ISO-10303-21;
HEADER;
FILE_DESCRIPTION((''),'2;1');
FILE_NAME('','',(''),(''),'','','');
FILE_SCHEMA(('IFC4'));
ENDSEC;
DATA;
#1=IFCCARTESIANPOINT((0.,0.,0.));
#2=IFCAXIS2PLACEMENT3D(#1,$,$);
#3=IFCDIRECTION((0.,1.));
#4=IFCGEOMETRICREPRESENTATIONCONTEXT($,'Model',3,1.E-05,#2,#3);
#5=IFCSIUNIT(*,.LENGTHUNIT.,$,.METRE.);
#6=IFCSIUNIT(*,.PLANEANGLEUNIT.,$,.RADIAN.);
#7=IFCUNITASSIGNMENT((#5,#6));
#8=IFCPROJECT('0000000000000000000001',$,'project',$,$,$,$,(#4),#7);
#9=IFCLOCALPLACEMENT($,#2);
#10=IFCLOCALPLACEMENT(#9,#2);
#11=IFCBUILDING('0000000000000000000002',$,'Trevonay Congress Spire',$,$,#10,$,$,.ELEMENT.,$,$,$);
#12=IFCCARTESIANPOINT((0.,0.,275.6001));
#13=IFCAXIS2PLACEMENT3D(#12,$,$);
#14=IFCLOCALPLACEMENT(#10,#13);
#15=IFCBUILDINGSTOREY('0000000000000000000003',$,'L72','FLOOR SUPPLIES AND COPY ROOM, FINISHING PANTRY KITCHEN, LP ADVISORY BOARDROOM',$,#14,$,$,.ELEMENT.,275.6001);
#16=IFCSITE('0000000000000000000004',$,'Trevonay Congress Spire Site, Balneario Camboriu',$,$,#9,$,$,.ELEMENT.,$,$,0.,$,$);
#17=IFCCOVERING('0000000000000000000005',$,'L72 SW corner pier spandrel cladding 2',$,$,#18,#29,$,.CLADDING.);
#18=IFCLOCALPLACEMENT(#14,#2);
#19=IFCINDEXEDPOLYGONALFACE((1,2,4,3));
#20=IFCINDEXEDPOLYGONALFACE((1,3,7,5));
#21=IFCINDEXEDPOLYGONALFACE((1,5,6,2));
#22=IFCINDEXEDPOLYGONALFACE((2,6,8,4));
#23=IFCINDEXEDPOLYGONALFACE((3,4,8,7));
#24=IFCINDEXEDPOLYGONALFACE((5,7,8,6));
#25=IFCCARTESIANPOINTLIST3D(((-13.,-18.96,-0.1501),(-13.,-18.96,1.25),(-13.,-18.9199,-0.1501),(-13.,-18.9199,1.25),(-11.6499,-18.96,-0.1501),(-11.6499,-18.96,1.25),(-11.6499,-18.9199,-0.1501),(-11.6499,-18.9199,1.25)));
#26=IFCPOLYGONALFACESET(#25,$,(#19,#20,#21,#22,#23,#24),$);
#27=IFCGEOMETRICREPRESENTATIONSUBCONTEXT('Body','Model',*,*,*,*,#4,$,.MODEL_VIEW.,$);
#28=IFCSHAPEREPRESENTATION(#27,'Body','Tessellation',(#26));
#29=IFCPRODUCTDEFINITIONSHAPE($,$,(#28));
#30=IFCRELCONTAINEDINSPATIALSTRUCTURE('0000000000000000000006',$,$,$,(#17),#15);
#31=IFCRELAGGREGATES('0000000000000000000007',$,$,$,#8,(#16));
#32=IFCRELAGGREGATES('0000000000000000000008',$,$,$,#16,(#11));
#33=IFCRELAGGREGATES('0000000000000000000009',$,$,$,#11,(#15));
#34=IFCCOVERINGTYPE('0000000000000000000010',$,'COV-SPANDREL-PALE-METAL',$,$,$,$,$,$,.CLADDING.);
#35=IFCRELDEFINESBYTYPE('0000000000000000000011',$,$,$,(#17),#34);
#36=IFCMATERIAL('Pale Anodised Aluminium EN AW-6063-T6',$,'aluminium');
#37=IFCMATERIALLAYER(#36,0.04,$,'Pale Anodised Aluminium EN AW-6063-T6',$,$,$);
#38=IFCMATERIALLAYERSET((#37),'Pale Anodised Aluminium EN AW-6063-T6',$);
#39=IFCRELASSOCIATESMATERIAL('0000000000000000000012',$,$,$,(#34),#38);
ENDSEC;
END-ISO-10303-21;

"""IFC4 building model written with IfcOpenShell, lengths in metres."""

from ifc_helpers import new_model, si_unit, direction, frame, frame_2d, origin, place, context, subcontext, project, spatial, rectangle, extrude, material, layer, layer_set, type_object, element, save


model = new_model("IFC4")

# Units and contexts
model_context = context("Model", 3, precision=1e-05, world=origin(), true_north=direction((0.0, 1.0)))
body_context = subcontext(model_context, "Body", "Model", "MODEL_VIEW")
ifc_project = project(units=[si_unit("LENGTHUNIT", "METRE"), si_unit("PLANEANGLEUNIT", "RADIAN")], contexts=[model_context])

# Site, building, storey
site_placement = place(None, origin())
site = spatial("IfcSite", under=ifc_project, at=site_placement, Name="Trevonay Congress Spire Site, Balneario Camboriu", CompositionType="ELEMENT", RefElevation=0.0)
building_placement = place(site_placement, origin())
building = spatial("IfcBuilding", under=site, at=building_placement, Name="Trevonay Congress Spire", CompositionType="ELEMENT")
storey_placement = place(building_placement, frame((0.0, 0.0, 275.6001)))
storey = spatial("IfcBuildingStorey", under=building, at=storey_placement, Name="L72", Description="FLOOR SUPPLIES AND COPY ROOM, FINISHING PANTRY KITCHEN, LP ADVISORY BOARDROOM", CompositionType="ELEMENT", Elevation=275.6001)

# Shared definitions
ifc_material_1 = material(Name="Pale Anodised Aluminium EN AW-6063-T6", Category="aluminium")

# Covering
ifc_layer_1 = layer(ifc_material_1, 0.04, Name="Pale Anodised Aluminium EN AW-6063-T6")
ifc_layer_set_1 = layer_set([ifc_layer_1], Name="Pale Anodised Aluminium EN AW-6063-T6")
covering_type = type_object("IfcCoveringType", Name="COV-SPANDREL-PALE-METAL", PredefinedType="CLADDING", material=ifc_layer_set_1)
for number, where, z_axis, x_axis, name in (
    (1, (-11.6499, -18.9399, -0.1501), (0.0, 0.0, 1.0), (-1.0, 0.0, 0.0), "L72 SW corner pier spandrel cladding 2"),
):
    element("IfcCovering", number, at=place(storey_placement, frame(where, z_axis=z_axis, x_axis=x_axis)), inside=storey, type_object=covering_type, Name=name, PredefinedType="CLADDING", context=body_context, shape_type="SweptSolid", body=[
        extrude(rectangle(XDim=1.3501, YDim=0.04, at=frame_2d((0.675, 0.0))), origin(), (0.0, 0.0, 1.0), 1.4001),
    ])

save(model, "model.ifc")
